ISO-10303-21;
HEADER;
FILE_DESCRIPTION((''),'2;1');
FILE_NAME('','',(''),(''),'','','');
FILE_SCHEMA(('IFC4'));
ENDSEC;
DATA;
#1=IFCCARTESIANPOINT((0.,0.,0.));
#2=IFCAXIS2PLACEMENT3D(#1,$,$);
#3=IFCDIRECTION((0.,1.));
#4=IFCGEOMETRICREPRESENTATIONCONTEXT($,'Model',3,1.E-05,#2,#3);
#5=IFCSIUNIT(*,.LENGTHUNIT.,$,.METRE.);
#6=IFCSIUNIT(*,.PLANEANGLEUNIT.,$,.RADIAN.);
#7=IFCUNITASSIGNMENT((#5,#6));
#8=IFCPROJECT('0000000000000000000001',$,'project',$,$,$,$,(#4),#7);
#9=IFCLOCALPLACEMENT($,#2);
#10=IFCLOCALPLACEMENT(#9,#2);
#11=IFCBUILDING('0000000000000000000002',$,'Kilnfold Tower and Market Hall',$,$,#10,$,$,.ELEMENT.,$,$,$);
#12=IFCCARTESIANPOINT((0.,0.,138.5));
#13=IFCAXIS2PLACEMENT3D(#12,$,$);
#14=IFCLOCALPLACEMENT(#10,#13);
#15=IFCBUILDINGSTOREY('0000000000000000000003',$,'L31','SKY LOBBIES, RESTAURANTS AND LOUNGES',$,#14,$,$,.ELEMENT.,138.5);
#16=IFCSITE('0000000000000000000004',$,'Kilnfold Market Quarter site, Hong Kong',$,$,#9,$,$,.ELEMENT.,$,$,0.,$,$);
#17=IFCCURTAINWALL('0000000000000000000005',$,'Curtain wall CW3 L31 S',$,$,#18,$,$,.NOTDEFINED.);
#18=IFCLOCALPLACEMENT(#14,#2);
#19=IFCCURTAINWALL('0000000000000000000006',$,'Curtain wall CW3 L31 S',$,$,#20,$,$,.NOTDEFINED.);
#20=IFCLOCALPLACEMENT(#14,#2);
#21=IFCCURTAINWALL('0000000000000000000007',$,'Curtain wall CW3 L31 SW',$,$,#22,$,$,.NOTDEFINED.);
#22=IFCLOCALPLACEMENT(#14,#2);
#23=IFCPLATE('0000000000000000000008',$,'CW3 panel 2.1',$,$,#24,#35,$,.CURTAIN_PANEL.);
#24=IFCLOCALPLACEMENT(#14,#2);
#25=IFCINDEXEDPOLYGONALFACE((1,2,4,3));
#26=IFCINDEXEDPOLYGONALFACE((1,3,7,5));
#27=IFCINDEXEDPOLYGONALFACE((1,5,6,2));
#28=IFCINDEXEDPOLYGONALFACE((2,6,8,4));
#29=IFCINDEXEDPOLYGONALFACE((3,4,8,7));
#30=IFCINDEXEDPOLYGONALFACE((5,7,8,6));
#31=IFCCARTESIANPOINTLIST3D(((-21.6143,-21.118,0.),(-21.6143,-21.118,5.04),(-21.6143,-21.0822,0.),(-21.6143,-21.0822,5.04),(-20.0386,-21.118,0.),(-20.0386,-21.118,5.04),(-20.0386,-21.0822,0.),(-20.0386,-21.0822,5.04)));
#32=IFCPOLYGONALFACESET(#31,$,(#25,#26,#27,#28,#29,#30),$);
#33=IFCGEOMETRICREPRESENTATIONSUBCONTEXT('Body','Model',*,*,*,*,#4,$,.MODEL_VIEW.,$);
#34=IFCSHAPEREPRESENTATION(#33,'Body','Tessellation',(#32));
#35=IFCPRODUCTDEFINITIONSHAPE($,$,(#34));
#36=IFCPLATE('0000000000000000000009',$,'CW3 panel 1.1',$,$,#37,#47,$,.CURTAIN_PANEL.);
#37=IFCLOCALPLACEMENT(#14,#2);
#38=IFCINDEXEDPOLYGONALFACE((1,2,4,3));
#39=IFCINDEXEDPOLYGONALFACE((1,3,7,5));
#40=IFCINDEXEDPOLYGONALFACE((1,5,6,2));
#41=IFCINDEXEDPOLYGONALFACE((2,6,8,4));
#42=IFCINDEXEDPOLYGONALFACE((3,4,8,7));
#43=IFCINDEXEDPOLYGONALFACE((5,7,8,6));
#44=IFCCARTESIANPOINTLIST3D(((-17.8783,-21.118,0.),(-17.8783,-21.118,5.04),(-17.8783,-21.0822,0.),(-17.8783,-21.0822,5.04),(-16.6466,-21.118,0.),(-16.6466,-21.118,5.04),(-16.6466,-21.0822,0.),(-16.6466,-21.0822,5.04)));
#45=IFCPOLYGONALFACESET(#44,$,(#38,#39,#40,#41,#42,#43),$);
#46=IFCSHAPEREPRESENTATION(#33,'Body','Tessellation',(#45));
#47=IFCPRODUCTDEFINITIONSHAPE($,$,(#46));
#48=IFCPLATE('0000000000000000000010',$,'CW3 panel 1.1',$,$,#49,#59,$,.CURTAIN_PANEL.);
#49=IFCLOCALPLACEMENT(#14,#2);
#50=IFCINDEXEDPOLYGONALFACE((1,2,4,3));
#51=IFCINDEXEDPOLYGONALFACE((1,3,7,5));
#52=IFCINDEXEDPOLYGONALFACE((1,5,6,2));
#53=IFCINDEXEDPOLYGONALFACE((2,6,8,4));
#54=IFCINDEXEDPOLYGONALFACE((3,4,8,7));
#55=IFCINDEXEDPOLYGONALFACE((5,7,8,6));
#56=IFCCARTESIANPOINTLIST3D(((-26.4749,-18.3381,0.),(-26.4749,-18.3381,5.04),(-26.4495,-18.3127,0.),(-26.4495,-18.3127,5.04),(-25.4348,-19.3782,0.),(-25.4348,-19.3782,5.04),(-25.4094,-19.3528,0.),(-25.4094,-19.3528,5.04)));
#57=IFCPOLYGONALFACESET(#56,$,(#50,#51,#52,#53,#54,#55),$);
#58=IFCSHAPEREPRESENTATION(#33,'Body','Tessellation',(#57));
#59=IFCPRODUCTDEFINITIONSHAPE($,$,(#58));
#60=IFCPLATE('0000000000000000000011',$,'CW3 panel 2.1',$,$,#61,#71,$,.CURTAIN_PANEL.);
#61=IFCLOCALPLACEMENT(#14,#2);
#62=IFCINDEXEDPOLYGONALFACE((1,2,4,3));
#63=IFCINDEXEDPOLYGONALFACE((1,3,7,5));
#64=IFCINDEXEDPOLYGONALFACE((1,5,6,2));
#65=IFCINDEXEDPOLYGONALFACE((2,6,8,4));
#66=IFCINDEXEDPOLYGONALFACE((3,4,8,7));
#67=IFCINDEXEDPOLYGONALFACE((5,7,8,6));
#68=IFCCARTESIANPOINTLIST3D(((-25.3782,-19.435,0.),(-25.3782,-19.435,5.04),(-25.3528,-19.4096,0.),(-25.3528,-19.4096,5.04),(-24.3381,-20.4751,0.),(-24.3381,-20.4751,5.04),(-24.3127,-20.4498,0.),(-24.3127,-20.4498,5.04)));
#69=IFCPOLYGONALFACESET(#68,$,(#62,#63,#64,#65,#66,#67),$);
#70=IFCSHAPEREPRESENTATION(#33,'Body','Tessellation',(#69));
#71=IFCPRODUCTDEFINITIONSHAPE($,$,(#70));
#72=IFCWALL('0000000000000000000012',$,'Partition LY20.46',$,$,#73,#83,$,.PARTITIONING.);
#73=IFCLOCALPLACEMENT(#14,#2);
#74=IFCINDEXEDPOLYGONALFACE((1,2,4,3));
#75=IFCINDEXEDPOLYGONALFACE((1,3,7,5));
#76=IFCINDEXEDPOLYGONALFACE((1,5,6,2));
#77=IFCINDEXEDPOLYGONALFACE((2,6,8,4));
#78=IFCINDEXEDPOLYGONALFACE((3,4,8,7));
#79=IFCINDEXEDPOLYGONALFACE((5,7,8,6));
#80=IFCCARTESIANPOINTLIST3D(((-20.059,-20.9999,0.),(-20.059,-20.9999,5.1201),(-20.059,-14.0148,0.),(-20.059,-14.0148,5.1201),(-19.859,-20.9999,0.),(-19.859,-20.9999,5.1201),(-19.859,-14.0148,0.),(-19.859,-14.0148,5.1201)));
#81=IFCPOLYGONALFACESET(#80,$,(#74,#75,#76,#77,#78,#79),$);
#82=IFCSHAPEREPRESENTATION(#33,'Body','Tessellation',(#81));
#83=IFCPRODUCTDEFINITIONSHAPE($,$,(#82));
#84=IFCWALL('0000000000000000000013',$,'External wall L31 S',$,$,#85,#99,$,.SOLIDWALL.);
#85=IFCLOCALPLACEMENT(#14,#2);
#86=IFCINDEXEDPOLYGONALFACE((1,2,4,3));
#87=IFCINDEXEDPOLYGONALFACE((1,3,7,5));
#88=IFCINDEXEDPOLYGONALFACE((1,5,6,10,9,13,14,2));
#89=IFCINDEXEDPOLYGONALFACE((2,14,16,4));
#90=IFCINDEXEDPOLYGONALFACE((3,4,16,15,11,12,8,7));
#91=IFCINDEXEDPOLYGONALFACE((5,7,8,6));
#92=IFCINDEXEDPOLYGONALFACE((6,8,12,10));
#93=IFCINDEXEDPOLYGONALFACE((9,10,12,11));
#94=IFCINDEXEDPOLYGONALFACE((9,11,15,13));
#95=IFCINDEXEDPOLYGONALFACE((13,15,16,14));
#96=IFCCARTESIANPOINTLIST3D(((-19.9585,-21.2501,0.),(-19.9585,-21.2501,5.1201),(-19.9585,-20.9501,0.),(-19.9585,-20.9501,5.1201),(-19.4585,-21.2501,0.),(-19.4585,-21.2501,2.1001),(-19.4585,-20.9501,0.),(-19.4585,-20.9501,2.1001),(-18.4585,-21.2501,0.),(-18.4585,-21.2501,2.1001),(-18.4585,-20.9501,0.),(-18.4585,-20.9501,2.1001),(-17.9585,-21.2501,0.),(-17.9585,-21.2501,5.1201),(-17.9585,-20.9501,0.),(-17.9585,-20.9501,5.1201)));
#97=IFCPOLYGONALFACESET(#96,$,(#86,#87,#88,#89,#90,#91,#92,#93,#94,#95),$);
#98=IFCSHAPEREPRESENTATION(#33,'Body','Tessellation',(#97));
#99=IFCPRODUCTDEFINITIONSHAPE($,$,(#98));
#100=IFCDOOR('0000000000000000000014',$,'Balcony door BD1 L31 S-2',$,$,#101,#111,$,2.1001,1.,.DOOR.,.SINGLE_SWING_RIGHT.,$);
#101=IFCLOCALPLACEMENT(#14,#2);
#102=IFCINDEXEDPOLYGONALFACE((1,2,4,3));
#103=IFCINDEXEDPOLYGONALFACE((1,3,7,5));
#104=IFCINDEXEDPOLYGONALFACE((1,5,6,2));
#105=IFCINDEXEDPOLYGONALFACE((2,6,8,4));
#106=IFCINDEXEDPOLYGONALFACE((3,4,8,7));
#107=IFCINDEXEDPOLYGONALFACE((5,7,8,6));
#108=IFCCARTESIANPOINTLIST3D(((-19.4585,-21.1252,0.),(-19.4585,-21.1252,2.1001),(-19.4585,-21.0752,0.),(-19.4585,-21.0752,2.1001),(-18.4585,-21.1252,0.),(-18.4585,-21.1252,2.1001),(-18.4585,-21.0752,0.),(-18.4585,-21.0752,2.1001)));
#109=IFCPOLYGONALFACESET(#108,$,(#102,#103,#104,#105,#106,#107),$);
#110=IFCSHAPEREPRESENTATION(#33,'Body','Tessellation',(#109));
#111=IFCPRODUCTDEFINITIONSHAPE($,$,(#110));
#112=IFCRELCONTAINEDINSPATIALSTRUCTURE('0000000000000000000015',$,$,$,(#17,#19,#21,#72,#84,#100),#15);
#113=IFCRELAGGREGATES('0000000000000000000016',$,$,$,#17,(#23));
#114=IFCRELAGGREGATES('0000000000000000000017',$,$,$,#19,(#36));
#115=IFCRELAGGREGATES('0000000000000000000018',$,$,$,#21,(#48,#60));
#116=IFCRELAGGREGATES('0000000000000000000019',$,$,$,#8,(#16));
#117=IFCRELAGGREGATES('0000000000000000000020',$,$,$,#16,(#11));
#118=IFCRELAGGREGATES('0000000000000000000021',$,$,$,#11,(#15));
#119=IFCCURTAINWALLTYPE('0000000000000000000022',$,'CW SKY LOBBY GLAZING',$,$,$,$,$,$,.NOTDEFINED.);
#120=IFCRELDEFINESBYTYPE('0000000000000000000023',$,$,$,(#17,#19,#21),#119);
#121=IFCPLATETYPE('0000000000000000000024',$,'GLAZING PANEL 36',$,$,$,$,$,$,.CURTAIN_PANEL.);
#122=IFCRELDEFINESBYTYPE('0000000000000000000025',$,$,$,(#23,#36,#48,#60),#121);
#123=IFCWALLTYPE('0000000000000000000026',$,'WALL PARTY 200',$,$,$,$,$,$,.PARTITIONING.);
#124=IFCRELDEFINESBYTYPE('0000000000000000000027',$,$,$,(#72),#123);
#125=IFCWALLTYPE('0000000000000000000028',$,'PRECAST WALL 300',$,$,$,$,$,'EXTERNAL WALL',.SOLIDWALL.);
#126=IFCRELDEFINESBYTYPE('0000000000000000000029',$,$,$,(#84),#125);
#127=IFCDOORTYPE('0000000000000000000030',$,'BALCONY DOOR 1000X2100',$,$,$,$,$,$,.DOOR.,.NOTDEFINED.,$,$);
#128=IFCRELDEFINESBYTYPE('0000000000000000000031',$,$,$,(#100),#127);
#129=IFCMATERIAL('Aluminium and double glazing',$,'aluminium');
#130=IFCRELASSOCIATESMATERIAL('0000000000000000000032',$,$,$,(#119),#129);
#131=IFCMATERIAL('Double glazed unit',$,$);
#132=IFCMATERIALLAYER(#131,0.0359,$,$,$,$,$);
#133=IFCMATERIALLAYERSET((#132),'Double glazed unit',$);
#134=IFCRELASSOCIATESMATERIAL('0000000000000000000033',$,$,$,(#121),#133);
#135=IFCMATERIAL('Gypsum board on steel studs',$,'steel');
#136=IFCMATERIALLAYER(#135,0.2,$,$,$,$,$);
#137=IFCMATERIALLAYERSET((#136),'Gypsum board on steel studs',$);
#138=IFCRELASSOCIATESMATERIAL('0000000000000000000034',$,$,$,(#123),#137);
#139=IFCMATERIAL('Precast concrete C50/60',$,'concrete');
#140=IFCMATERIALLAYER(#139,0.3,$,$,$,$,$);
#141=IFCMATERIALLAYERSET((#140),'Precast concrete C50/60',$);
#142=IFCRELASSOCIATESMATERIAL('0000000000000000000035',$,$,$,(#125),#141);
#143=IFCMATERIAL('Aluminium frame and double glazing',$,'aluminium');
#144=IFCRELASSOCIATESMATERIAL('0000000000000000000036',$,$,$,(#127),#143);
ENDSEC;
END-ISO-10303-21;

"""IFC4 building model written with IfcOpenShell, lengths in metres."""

from ifc_helpers import new_model, si_unit, direction, frame, frame_2d, origin, origin_2d, place, context, subcontext, project, spatial, rectangle, extrude, source, transform, mapped, material, layer, layer_set, type_object, element, fill, aggregate, save


model = new_model("IFC4")

# Units and contexts
model_context = context("Model", 3, precision=1e-05, world=origin(), true_north=direction((0.0, 1.0)))
body_context = subcontext(model_context, "Body", "Model", "MODEL_VIEW")
ifc_project = project(units=[si_unit("LENGTHUNIT", "METRE"), si_unit("PLANEANGLEUNIT", "RADIAN")], contexts=[model_context])

# Site, building, storey
site_placement = place(None, origin())
site = spatial("IfcSite", under=ifc_project, at=site_placement, Name="Kilnfold Market Quarter site, Hong Kong", CompositionType="ELEMENT", RefElevation=0.0)
building_placement = place(site_placement, origin())
building = spatial("IfcBuilding", under=site, at=building_placement, Name="Kilnfold Tower and Market Hall", CompositionType="ELEMENT")
storey_placement = place(building_placement, frame((0.0, 0.0, 138.5)))
storey = spatial("IfcBuildingStorey", under=building, at=storey_placement, Name="L31", Description="SKY LOBBIES, RESTAURANTS AND LOUNGES", CompositionType="ELEMENT", Elevation=138.5)

# Curtain wall
ifc_material_1 = material(Name="Aluminium and double glazing", Category="aluminium")
curtain_wall_type = type_object("IfcCurtainWallType", Name="CW SKY LOBBY GLAZING", PredefinedType="NOTDEFINED", material=ifc_material_1)
curtain_wall_1_placement = place(storey_placement, origin())
curtain_wall_1 = element("IfcCurtainWall", 1, at=curtain_wall_1_placement, inside=storey, type_object=curtain_wall_type, Name="Curtain wall CW3 L31 S", PredefinedType="NOTDEFINED")

# Curtain wall
curtain_wall_2_placement = place(storey_placement, origin())
curtain_wall_2 = element("IfcCurtainWall", 2, at=curtain_wall_2_placement, inside=storey, type_object=curtain_wall_type, Name="Curtain wall CW3 L31 S", PredefinedType="NOTDEFINED")

# Curtain wall
curtain_wall_3_placement = place(storey_placement, origin())
curtain_wall_3 = element("IfcCurtainWall", 3, at=curtain_wall_3_placement, inside=storey, type_object=curtain_wall_type, Name="Curtain wall CW3 L31 SW", PredefinedType="NOTDEFINED")

# Plates
ifc_material_2 = material(Name="Double glazed unit")
ifc_layer_1 = layer(ifc_material_2, 0.0359)
ifc_layer_set_1 = layer_set([ifc_layer_1], Name="Double glazed unit")
plate_type = type_object("IfcPlateType", Name="GLAZING PANEL 36", PredefinedType="CURTAIN_PANEL", material=ifc_layer_set_1)
shared_shape_1 = source(origin(), body_context, "Body", "SweptSolid", [
    extrude(rectangle(XDim=1.5757, YDim=0.0359, at=origin_2d()), origin(), (0.0, 0.0, 1.0), 5.04),
])
plate_1_placement = place(storey_placement, frame((-20.8264, -21.1001, 0.0), z_axis=(0.0, 0.0, 1.0), x_axis=(1.0, 0.0, 0.0)))
plate_1 = element("IfcPlate", 4, at=plate_1_placement, type_object=plate_type, Name="CW3 panel 2.1", PredefinedType="CURTAIN_PANEL", context=body_context, shape_type="MappedRepresentation", body=[
    mapped(shared_shape_1, transform((0.0, 0.0, 0.0))),
])
aggregate(curtain_wall_1, [plate_1])
shared_shape_2 = source(origin(), body_context, "Body", "SweptSolid", [
    extrude(rectangle(XDim=1.2317, YDim=0.0359, at=origin_2d()), origin(), (0.0, 0.0, 1.0), 5.04),
])
plate_2_placement = place(storey_placement, frame((-17.2625, -21.1001, 0.0), z_axis=(0.0, 0.0, 1.0), x_axis=(1.0, 0.0, 0.0)))
plate_2 = element("IfcPlate", 5, at=plate_2_placement, type_object=plate_type, Name="CW3 panel 1.1", PredefinedType="CURTAIN_PANEL", context=body_context, shape_type="MappedRepresentation", body=[
    mapped(shared_shape_2, transform((0.0, 0.0, 0.0))),
])
aggregate(curtain_wall_2, [plate_2])
shared_shape_3 = source(origin(), body_context, "Body", "SweptSolid", [
    extrude(rectangle(XDim=1.4709, YDim=0.0359, at=origin_2d()), origin(), (0.0, 0.0, 1.0), 5.04),
])
plate_3_placement = place(storey_placement, frame((-25.9421, -18.8455, 0.0), z_axis=(0.0, 0.0, 1.0), x_axis=(0.707091, -0.707122, 0.0)))
plate_3 = element("IfcPlate", 6, at=plate_3_placement, type_object=plate_type, Name="CW3 panel 1.1", PredefinedType="CURTAIN_PANEL", context=body_context, shape_type="MappedRepresentation", body=[
    mapped(shared_shape_3, transform((0.0, 0.0, 0.0))),
])
plate_4_placement = place(storey_placement, frame((-24.8455, -19.9424, 0.0), z_axis=(0.0, 0.0, 1.0), x_axis=(0.707091, -0.707122, 0.0)))
plate_4 = element("IfcPlate", 7, at=plate_4_placement, type_object=plate_type, Name="CW3 panel 2.1", PredefinedType="CURTAIN_PANEL", context=body_context, shape_type="MappedRepresentation", body=[
    mapped(shared_shape_3, transform((0.0, 0.0, 0.0))),
])
aggregate(curtain_wall_3, [plate_3, plate_4])

# Wall
ifc_material_3 = material(Name="Gypsum board on steel studs", Category="steel")
ifc_layer_2 = layer(ifc_material_3, 0.2)
ifc_layer_set_2 = layer_set([ifc_layer_2], Name="Gypsum board on steel studs")
wall_type_1 = type_object("IfcWallType", Name="WALL PARTY 200", PredefinedType="PARTITIONING", material=ifc_layer_set_2)
wall_1_placement = place(storey_placement, frame((-19.959, -21.0, 0.0), z_axis=(0.0, 0.0, 1.0), x_axis=(0.0, 1.0, 0.0)))
element("IfcWall", 8, at=wall_1_placement, inside=storey, type_object=wall_type_1, Name="Partition LY20.46", PredefinedType="PARTITIONING", context=body_context, shape_type="SweptSolid", body=[
    extrude(rectangle(XDim=6.9851, YDim=0.2, at=frame_2d((3.4927, 0.0))), origin(), (0.0, 0.0, 1.0), 5.1201),
])

# Wall, opening, door
ifc_material_4 = material(Name="Precast concrete C50/60", Category="concrete")
ifc_layer_3 = layer(ifc_material_4, 0.3)
ifc_layer_set_3 = layer_set([ifc_layer_3], Name="Precast concrete C50/60")
wall_type_2 = type_object("IfcWallType", Name="PRECAST WALL 300", ElementType="EXTERNAL WALL", PredefinedType="SOLIDWALL", material=ifc_layer_set_3)
shared_shape_4 = source(origin(), body_context, "Body", "SweptSolid", [
    extrude(rectangle(XDim=2.0, YDim=0.3, at=frame_2d((1.0, 0.0))), origin(), (0.0, 0.0, 1.0), 5.1201),
])
wall_2_placement = place(storey_placement, frame((-19.9585, -21.1001, 0.0), z_axis=(0.0, 0.0, 1.0), x_axis=(1.0, 0.0, 0.0)))
wall_2 = element("IfcWall", 9, at=wall_2_placement, inside=storey, type_object=wall_type_2, Name="External wall L31 S", PredefinedType="SOLIDWALL", context=body_context, shape_type="MappedRepresentation", body=[
    mapped(shared_shape_4, transform((0.0, 0.0, 0.0))),
])
opening_placement = place(wall_2_placement, frame((0.5, 0.0, 0.0)))
opening = element("IfcOpeningElement", 10, at=opening_placement, cuts=wall_2, PredefinedType="OPENING", context=body_context, shape_type="SweptSolid", body=[
    extrude(rectangle(XDim=1.0, YDim=2.1001, at=frame_2d((0.5, 1.05))), frame((0.0, 0.1602, 0.0), z_axis=(0.0, -1.0, 0.0), x_axis=(1.0, 0.0, 0.0)), (0.0, 0.0, 1.0), 0.3201),
])
ifc_material_5 = material(Name="Aluminium frame and double glazing", Category="aluminium")
door_type = type_object("IfcDoorType", Name="BALCONY DOOR 1000X2100", OperationType="NOTDEFINED", PredefinedType="DOOR", material=ifc_material_5)
door_placement = place(opening_placement, origin())
door = element("IfcDoor", 11, at=door_placement, inside=storey, type_object=door_type, Name="Balcony door BD1 L31 S-2", OperationType="SINGLE_SWING_RIGHT", OverallHeight=2.1001, OverallWidth=1.0, PredefinedType="DOOR", context=body_context, shape_type="SweptSolid", body=[
    extrude(rectangle(XDim=1.0, YDim=2.1001, at=frame_2d((0.5, 1.05))), frame((0.0, 0.0249, 0.0), z_axis=(0.0, -1.0, 0.0), x_axis=(1.0, 0.0, 0.0)), (0.0, 0.0, 1.0), 0.05),
])
fill(opening, door)

save(model, "model.ifc")
